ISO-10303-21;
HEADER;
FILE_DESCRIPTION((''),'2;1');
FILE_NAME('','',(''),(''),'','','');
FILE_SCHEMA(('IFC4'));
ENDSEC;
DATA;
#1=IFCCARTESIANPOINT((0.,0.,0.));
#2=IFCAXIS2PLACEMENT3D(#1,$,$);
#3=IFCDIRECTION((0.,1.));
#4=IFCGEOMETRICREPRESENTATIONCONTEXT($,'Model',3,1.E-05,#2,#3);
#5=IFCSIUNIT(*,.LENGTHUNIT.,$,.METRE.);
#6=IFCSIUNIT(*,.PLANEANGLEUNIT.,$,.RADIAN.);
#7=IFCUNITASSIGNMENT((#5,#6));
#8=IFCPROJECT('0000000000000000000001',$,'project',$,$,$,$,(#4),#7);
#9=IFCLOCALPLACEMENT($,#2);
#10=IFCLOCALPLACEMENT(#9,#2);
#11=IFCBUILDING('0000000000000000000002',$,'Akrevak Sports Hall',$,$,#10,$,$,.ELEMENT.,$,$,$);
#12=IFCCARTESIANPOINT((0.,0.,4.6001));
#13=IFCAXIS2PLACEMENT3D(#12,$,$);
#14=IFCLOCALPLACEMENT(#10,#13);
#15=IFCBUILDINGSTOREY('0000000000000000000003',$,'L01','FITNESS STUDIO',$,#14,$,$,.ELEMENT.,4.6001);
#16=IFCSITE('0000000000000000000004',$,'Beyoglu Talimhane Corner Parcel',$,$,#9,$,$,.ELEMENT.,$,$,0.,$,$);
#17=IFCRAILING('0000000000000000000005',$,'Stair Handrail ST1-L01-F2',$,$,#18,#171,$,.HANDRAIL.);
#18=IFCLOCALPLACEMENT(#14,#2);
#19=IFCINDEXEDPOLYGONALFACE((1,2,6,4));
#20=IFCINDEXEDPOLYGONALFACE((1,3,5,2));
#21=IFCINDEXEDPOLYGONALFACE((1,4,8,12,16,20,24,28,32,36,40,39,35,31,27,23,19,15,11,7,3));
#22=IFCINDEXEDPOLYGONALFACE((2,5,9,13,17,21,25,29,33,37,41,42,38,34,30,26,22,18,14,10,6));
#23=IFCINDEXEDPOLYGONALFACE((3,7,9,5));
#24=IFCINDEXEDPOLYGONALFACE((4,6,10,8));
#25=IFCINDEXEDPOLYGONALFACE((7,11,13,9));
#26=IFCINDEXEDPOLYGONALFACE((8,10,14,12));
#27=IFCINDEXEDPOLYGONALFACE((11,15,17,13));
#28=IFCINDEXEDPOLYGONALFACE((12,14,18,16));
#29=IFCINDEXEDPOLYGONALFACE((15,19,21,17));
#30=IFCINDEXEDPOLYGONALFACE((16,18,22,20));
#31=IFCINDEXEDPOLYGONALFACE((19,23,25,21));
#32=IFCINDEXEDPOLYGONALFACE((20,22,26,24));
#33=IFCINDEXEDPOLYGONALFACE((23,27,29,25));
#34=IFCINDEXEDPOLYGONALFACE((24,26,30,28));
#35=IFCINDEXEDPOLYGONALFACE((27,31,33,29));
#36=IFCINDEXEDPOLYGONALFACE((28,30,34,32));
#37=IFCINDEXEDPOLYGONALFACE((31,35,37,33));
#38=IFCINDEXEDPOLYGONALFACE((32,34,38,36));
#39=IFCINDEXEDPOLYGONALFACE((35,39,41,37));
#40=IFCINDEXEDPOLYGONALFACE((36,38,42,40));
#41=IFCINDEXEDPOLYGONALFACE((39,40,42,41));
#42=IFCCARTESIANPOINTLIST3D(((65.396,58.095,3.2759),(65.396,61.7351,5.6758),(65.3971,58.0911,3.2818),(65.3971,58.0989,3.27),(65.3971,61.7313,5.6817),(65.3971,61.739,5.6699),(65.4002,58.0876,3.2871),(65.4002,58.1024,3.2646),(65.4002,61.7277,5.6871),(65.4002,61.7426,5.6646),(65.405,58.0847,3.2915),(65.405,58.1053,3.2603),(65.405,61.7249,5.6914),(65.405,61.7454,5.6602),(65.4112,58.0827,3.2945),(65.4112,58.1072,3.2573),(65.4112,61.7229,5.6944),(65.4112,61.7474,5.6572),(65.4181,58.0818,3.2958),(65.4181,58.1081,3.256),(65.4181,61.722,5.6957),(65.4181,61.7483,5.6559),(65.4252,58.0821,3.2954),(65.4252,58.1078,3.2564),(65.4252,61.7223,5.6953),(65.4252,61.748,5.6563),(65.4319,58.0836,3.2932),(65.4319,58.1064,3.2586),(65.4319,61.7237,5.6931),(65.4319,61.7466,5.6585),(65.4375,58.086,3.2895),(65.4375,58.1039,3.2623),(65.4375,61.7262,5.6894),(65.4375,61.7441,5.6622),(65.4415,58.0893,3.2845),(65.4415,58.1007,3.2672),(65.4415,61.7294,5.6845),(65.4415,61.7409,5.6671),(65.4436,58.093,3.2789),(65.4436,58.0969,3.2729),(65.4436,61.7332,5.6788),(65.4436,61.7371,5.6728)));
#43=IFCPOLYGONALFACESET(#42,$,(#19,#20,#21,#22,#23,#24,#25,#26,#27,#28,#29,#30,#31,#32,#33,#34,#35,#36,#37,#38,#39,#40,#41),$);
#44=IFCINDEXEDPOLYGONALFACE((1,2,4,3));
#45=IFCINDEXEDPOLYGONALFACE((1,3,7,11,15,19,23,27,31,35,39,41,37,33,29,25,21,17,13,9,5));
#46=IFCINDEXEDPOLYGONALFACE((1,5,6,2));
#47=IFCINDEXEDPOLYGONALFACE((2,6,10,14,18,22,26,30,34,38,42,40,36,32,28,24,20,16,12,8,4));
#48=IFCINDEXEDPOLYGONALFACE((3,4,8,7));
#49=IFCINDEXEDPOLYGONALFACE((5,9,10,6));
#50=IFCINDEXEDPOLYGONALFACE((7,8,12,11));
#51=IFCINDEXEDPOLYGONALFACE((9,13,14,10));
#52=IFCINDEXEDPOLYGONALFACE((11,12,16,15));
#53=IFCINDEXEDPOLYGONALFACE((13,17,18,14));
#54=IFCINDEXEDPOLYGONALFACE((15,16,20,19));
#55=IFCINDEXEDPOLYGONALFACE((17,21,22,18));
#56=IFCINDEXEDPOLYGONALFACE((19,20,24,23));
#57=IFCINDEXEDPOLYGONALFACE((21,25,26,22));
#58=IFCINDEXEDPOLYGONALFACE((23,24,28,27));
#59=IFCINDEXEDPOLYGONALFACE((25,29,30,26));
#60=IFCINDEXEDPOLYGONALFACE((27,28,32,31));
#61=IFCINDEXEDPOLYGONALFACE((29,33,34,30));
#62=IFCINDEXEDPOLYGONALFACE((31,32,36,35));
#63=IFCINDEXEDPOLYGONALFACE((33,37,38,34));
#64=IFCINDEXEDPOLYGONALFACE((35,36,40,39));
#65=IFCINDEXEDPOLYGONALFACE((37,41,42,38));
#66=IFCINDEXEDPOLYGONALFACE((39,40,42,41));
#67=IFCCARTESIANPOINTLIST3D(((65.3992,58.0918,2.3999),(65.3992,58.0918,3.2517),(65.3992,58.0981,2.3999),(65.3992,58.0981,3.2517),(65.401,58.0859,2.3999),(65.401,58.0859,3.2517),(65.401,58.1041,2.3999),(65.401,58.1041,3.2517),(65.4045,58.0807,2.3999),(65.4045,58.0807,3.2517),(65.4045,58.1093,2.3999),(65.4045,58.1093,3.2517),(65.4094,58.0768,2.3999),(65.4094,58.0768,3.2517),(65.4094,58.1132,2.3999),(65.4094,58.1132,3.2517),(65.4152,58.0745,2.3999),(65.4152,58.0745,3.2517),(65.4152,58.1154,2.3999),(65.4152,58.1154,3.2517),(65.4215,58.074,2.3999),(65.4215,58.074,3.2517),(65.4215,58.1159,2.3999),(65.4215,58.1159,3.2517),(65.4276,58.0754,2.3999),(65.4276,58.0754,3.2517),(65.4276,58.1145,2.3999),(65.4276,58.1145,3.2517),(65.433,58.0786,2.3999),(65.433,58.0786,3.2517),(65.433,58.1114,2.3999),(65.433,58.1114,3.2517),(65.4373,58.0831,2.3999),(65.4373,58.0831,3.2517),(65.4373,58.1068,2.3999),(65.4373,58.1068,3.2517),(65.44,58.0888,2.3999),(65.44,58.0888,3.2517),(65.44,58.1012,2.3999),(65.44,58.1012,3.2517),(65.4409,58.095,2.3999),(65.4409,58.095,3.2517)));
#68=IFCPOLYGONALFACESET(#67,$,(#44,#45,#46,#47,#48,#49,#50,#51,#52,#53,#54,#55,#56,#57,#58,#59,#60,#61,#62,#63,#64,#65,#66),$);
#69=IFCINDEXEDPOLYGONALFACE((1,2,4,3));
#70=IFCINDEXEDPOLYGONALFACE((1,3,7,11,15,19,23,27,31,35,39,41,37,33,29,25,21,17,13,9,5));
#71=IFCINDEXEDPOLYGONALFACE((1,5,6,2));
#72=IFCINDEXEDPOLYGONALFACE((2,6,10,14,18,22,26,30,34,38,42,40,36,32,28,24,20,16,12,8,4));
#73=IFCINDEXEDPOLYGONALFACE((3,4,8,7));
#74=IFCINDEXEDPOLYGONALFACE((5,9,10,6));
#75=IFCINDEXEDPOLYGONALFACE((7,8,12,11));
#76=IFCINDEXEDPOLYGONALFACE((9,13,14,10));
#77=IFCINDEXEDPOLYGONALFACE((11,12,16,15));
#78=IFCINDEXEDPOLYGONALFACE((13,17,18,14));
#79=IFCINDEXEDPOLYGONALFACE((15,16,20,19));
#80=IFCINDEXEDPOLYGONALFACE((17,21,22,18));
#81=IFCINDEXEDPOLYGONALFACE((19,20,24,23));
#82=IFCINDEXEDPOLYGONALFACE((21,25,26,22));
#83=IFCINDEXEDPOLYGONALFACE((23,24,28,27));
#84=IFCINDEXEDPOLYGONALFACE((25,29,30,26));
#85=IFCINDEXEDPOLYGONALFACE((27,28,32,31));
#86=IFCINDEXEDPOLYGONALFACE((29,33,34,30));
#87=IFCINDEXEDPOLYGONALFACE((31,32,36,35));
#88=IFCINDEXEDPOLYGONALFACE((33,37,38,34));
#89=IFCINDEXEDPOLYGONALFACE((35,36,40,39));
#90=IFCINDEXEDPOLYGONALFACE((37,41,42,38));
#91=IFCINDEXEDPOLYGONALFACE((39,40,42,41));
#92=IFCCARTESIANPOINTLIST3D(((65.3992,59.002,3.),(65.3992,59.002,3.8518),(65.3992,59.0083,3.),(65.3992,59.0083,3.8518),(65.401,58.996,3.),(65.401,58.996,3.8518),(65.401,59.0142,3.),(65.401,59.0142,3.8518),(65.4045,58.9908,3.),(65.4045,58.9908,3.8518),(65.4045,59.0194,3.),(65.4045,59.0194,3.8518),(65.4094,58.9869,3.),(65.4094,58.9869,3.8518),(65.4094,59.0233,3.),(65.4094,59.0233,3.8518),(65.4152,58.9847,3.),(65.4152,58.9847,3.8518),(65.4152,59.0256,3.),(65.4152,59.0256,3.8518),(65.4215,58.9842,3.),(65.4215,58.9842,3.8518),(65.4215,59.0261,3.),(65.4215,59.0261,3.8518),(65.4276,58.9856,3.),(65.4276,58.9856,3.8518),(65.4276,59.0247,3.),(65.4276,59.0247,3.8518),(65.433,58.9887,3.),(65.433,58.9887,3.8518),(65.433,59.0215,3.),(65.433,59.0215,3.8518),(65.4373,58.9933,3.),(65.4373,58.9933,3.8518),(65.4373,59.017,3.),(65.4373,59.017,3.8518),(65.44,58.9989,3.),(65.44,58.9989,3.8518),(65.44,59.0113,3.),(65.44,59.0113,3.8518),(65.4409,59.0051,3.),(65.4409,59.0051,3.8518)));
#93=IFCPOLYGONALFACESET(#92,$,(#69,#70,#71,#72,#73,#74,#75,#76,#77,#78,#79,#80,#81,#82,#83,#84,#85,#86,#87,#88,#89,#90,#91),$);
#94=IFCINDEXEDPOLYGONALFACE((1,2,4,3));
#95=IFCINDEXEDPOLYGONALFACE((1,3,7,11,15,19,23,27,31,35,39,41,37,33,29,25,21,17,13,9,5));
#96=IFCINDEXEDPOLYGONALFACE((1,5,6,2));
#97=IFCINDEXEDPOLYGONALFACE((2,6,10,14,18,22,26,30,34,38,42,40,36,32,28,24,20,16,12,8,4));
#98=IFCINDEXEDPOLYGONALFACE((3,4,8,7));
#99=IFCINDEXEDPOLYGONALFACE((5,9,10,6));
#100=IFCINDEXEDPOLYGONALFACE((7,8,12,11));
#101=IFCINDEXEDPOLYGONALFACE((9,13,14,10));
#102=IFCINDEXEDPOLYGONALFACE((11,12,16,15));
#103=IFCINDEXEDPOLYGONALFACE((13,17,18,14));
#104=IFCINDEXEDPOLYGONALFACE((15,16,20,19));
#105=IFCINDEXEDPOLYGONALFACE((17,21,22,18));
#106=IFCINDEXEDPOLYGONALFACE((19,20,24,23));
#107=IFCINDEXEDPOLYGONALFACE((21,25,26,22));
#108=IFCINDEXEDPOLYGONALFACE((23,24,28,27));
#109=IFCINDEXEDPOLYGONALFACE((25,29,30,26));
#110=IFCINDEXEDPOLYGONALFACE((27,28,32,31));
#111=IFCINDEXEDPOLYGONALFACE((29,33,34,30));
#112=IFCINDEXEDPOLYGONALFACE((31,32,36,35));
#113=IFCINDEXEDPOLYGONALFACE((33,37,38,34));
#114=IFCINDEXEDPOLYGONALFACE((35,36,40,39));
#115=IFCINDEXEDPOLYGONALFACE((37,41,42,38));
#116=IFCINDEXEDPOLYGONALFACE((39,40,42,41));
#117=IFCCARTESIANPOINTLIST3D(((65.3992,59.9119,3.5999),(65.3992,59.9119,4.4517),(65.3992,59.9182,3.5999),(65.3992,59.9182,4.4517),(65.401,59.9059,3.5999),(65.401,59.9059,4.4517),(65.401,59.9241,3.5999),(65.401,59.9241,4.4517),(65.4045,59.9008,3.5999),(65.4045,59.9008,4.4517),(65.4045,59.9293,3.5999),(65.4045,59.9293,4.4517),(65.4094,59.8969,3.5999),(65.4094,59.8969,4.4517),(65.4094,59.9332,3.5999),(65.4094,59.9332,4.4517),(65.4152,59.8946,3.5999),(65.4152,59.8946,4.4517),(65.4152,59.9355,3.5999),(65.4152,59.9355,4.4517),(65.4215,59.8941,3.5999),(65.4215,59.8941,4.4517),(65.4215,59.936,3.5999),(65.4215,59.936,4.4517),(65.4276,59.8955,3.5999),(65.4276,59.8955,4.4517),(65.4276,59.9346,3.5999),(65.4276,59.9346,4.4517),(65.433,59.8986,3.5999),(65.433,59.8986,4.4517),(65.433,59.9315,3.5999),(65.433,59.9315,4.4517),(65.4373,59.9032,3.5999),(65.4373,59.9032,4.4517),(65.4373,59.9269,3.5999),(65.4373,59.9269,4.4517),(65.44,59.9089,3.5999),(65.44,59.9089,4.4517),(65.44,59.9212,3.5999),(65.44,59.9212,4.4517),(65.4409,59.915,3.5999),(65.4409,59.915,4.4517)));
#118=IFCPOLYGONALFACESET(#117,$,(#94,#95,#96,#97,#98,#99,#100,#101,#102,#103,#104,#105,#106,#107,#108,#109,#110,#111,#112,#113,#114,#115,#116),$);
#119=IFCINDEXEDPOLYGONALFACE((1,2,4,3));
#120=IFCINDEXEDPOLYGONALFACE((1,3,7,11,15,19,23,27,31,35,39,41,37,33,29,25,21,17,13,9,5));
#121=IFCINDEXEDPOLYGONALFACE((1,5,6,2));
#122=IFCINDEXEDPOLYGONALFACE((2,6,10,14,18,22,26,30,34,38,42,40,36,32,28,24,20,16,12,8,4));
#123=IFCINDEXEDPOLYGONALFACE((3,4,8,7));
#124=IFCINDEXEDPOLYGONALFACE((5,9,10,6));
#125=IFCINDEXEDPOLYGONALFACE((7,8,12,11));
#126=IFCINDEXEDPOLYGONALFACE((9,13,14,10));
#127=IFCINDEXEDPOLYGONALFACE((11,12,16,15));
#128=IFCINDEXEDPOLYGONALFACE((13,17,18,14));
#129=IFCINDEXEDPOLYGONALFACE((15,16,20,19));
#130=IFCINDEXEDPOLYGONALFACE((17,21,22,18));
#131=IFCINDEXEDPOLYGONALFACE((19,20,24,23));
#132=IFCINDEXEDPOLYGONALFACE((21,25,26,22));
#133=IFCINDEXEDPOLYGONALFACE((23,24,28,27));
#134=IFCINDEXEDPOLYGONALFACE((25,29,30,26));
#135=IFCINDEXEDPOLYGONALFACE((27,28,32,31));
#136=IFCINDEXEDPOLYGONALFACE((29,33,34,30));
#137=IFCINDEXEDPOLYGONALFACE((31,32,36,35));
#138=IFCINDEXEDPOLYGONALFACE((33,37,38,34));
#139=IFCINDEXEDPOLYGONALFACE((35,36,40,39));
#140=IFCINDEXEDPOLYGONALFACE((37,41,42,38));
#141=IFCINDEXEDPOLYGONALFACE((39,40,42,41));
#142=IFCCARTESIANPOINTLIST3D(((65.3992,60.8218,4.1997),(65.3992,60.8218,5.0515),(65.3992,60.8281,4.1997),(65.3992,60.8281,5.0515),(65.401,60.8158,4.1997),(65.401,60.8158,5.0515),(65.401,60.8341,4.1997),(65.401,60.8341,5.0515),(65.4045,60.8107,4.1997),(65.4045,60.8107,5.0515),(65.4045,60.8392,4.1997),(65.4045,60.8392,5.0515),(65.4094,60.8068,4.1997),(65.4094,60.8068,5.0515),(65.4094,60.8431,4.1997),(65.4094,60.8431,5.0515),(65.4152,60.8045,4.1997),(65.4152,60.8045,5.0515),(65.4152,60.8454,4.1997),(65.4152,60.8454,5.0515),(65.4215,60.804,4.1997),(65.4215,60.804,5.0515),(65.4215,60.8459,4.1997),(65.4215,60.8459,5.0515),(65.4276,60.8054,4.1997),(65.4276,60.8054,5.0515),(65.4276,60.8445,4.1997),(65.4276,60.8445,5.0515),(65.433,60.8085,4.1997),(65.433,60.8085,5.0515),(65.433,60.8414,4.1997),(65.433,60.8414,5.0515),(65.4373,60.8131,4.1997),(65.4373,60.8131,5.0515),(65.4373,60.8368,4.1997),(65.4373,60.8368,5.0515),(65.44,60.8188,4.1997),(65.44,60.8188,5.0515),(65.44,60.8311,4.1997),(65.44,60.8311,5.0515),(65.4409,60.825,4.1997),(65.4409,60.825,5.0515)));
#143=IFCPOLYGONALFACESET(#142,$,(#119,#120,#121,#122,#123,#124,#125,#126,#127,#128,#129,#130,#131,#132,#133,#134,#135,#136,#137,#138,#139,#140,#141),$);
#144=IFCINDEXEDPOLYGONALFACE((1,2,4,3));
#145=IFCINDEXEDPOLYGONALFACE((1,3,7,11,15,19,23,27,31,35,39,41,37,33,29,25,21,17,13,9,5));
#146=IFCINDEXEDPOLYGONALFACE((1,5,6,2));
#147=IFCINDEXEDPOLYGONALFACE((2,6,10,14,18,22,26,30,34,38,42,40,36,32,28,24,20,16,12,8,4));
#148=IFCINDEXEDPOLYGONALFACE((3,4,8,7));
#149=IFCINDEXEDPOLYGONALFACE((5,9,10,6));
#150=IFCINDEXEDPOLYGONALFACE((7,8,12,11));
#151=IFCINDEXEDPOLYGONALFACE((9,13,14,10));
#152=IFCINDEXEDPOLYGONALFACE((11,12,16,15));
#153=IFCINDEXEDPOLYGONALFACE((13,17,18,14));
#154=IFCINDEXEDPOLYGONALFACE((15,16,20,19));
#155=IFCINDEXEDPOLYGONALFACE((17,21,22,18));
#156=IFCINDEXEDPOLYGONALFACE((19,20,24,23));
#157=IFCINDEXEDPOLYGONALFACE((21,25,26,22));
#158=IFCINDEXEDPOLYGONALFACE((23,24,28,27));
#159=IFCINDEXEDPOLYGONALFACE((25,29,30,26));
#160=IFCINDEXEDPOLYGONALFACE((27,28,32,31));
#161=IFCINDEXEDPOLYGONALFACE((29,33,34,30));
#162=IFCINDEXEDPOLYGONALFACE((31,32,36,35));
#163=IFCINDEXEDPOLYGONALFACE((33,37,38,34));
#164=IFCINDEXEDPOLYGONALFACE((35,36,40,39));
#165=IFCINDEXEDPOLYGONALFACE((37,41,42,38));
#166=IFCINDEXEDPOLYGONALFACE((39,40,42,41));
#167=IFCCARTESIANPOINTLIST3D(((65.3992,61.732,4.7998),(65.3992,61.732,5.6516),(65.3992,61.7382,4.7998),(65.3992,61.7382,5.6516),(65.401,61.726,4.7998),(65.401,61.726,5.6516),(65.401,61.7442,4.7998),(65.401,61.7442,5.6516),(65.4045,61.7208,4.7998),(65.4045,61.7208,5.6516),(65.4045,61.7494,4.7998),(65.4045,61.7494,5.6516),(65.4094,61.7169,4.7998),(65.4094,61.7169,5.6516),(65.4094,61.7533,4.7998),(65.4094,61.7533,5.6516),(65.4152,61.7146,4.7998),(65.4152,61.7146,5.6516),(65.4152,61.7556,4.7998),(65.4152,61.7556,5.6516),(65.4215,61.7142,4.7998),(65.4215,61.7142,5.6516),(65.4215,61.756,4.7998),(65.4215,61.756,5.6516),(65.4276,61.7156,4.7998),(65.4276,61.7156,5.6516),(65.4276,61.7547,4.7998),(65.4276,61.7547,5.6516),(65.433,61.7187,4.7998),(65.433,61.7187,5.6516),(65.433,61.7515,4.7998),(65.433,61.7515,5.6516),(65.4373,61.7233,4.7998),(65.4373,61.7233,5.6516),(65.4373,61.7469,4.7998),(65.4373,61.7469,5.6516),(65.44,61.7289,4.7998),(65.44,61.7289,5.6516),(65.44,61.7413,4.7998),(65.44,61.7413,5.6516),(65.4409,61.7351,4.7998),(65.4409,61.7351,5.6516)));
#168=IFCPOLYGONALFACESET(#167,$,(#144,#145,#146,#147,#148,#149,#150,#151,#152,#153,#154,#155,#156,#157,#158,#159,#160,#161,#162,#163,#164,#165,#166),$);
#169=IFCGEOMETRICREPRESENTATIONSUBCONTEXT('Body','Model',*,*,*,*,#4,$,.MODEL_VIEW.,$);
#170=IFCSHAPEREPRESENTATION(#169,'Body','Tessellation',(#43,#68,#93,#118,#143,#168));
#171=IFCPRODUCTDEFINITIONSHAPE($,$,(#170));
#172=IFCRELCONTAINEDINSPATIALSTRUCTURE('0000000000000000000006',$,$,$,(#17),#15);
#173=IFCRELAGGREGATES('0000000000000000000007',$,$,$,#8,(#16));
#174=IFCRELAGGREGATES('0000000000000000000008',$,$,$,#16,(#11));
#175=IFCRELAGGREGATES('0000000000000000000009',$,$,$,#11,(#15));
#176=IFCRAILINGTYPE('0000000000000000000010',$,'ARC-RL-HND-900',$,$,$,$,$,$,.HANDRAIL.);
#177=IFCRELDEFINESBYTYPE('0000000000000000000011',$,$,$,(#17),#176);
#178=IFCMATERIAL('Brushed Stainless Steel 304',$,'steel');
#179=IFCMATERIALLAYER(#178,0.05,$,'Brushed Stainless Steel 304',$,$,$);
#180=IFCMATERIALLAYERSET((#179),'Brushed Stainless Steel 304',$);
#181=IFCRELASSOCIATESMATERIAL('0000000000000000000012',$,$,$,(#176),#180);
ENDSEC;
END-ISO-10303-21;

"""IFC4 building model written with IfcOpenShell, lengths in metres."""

from ifc_helpers import new_model, si_unit, direction, frame, origin, origin_2d, place, context, subcontext, project, spatial, circle, extrude, material, layer, layer_set, type_object, element, save


model = new_model("IFC4")

# Units and contexts
model_context = context("Model", 3, precision=1e-05, world=origin(), true_north=direction((0.0, 1.0)))
body_context = subcontext(model_context, "Body", "Model", "MODEL_VIEW")
ifc_project = project(units=[si_unit("LENGTHUNIT", "METRE"), si_unit("PLANEANGLEUNIT", "RADIAN")], contexts=[model_context])

# Site, building, storey
site_placement = place(None, origin())
site = spatial("IfcSite", under=ifc_project, at=site_placement, Name="Beyoglu Talimhane Corner Parcel", CompositionType="ELEMENT", RefElevation=0.0)
building_placement = place(site_placement, origin())
building = spatial("IfcBuilding", under=site, at=building_placement, Name="Akrevak Sports Hall", CompositionType="ELEMENT")
storey_placement = place(building_placement, frame((0.0, 0.0, 4.6001)))
storey = spatial("IfcBuildingStorey", under=building, at=storey_placement, Name="L01", Description="FITNESS STUDIO", CompositionType="ELEMENT", Elevation=4.6001)

# Shared definitions
ifc_material_1 = material(Name="Brushed Stainless Steel 304", Category="steel")

# Railing
ifc_layer_1 = layer(ifc_material_1, 0.05, Name="Brushed Stainless Steel 304")
ifc_layer_set_1 = layer_set([ifc_layer_1], Name="Brushed Stainless Steel 304")
railing_type_1 = type_object("IfcRailingType", Name="ARC-RL-HND-900", PredefinedType="HANDRAIL", material=ifc_layer_set_1)
railing_1_placement = place(storey_placement, frame((65.4199, 58.095, 2.3999)))
element("IfcRailing", 1, at=railing_1_placement, inside=storey, type_object=railing_type_1, Name="Stair Handrail ST1-L01-F2", PredefinedType="HANDRAIL", context=body_context, shape_type="SweptSolid", body=[
    extrude(circle(Radius=0.0239, at=origin_2d()), frame((0.0, 0.0, 0.876), z_axis=(0.0, 0.834882, 0.550429), x_axis=(-1.0, 0.0, 0.0)), (0.0, 0.0, 1.0), 4.3601),
    extrude(circle(Radius=0.021, at=origin_2d()), origin(), (0.0, 0.0, 1.0), 0.8518),
    extrude(circle(Radius=0.021, at=origin_2d()), frame((0.0, 0.9102, 0.6001)), (0.0, 0.0, 1.0), 0.8518),
    extrude(circle(Radius=0.021, at=origin_2d()), frame((0.0, 1.8201, 1.2)), (0.0, 0.0, 1.0), 0.8518),
    extrude(circle(Radius=0.021, at=origin_2d()), frame((0.0, 2.73, 1.7998)), (0.0, 0.0, 1.0), 0.8518),
    extrude(circle(Radius=0.021, at=origin_2d()), frame((0.0, 3.6401, 2.3999)), (0.0, 0.0, 1.0), 0.8518),
])

save(model, "model.ifc")
